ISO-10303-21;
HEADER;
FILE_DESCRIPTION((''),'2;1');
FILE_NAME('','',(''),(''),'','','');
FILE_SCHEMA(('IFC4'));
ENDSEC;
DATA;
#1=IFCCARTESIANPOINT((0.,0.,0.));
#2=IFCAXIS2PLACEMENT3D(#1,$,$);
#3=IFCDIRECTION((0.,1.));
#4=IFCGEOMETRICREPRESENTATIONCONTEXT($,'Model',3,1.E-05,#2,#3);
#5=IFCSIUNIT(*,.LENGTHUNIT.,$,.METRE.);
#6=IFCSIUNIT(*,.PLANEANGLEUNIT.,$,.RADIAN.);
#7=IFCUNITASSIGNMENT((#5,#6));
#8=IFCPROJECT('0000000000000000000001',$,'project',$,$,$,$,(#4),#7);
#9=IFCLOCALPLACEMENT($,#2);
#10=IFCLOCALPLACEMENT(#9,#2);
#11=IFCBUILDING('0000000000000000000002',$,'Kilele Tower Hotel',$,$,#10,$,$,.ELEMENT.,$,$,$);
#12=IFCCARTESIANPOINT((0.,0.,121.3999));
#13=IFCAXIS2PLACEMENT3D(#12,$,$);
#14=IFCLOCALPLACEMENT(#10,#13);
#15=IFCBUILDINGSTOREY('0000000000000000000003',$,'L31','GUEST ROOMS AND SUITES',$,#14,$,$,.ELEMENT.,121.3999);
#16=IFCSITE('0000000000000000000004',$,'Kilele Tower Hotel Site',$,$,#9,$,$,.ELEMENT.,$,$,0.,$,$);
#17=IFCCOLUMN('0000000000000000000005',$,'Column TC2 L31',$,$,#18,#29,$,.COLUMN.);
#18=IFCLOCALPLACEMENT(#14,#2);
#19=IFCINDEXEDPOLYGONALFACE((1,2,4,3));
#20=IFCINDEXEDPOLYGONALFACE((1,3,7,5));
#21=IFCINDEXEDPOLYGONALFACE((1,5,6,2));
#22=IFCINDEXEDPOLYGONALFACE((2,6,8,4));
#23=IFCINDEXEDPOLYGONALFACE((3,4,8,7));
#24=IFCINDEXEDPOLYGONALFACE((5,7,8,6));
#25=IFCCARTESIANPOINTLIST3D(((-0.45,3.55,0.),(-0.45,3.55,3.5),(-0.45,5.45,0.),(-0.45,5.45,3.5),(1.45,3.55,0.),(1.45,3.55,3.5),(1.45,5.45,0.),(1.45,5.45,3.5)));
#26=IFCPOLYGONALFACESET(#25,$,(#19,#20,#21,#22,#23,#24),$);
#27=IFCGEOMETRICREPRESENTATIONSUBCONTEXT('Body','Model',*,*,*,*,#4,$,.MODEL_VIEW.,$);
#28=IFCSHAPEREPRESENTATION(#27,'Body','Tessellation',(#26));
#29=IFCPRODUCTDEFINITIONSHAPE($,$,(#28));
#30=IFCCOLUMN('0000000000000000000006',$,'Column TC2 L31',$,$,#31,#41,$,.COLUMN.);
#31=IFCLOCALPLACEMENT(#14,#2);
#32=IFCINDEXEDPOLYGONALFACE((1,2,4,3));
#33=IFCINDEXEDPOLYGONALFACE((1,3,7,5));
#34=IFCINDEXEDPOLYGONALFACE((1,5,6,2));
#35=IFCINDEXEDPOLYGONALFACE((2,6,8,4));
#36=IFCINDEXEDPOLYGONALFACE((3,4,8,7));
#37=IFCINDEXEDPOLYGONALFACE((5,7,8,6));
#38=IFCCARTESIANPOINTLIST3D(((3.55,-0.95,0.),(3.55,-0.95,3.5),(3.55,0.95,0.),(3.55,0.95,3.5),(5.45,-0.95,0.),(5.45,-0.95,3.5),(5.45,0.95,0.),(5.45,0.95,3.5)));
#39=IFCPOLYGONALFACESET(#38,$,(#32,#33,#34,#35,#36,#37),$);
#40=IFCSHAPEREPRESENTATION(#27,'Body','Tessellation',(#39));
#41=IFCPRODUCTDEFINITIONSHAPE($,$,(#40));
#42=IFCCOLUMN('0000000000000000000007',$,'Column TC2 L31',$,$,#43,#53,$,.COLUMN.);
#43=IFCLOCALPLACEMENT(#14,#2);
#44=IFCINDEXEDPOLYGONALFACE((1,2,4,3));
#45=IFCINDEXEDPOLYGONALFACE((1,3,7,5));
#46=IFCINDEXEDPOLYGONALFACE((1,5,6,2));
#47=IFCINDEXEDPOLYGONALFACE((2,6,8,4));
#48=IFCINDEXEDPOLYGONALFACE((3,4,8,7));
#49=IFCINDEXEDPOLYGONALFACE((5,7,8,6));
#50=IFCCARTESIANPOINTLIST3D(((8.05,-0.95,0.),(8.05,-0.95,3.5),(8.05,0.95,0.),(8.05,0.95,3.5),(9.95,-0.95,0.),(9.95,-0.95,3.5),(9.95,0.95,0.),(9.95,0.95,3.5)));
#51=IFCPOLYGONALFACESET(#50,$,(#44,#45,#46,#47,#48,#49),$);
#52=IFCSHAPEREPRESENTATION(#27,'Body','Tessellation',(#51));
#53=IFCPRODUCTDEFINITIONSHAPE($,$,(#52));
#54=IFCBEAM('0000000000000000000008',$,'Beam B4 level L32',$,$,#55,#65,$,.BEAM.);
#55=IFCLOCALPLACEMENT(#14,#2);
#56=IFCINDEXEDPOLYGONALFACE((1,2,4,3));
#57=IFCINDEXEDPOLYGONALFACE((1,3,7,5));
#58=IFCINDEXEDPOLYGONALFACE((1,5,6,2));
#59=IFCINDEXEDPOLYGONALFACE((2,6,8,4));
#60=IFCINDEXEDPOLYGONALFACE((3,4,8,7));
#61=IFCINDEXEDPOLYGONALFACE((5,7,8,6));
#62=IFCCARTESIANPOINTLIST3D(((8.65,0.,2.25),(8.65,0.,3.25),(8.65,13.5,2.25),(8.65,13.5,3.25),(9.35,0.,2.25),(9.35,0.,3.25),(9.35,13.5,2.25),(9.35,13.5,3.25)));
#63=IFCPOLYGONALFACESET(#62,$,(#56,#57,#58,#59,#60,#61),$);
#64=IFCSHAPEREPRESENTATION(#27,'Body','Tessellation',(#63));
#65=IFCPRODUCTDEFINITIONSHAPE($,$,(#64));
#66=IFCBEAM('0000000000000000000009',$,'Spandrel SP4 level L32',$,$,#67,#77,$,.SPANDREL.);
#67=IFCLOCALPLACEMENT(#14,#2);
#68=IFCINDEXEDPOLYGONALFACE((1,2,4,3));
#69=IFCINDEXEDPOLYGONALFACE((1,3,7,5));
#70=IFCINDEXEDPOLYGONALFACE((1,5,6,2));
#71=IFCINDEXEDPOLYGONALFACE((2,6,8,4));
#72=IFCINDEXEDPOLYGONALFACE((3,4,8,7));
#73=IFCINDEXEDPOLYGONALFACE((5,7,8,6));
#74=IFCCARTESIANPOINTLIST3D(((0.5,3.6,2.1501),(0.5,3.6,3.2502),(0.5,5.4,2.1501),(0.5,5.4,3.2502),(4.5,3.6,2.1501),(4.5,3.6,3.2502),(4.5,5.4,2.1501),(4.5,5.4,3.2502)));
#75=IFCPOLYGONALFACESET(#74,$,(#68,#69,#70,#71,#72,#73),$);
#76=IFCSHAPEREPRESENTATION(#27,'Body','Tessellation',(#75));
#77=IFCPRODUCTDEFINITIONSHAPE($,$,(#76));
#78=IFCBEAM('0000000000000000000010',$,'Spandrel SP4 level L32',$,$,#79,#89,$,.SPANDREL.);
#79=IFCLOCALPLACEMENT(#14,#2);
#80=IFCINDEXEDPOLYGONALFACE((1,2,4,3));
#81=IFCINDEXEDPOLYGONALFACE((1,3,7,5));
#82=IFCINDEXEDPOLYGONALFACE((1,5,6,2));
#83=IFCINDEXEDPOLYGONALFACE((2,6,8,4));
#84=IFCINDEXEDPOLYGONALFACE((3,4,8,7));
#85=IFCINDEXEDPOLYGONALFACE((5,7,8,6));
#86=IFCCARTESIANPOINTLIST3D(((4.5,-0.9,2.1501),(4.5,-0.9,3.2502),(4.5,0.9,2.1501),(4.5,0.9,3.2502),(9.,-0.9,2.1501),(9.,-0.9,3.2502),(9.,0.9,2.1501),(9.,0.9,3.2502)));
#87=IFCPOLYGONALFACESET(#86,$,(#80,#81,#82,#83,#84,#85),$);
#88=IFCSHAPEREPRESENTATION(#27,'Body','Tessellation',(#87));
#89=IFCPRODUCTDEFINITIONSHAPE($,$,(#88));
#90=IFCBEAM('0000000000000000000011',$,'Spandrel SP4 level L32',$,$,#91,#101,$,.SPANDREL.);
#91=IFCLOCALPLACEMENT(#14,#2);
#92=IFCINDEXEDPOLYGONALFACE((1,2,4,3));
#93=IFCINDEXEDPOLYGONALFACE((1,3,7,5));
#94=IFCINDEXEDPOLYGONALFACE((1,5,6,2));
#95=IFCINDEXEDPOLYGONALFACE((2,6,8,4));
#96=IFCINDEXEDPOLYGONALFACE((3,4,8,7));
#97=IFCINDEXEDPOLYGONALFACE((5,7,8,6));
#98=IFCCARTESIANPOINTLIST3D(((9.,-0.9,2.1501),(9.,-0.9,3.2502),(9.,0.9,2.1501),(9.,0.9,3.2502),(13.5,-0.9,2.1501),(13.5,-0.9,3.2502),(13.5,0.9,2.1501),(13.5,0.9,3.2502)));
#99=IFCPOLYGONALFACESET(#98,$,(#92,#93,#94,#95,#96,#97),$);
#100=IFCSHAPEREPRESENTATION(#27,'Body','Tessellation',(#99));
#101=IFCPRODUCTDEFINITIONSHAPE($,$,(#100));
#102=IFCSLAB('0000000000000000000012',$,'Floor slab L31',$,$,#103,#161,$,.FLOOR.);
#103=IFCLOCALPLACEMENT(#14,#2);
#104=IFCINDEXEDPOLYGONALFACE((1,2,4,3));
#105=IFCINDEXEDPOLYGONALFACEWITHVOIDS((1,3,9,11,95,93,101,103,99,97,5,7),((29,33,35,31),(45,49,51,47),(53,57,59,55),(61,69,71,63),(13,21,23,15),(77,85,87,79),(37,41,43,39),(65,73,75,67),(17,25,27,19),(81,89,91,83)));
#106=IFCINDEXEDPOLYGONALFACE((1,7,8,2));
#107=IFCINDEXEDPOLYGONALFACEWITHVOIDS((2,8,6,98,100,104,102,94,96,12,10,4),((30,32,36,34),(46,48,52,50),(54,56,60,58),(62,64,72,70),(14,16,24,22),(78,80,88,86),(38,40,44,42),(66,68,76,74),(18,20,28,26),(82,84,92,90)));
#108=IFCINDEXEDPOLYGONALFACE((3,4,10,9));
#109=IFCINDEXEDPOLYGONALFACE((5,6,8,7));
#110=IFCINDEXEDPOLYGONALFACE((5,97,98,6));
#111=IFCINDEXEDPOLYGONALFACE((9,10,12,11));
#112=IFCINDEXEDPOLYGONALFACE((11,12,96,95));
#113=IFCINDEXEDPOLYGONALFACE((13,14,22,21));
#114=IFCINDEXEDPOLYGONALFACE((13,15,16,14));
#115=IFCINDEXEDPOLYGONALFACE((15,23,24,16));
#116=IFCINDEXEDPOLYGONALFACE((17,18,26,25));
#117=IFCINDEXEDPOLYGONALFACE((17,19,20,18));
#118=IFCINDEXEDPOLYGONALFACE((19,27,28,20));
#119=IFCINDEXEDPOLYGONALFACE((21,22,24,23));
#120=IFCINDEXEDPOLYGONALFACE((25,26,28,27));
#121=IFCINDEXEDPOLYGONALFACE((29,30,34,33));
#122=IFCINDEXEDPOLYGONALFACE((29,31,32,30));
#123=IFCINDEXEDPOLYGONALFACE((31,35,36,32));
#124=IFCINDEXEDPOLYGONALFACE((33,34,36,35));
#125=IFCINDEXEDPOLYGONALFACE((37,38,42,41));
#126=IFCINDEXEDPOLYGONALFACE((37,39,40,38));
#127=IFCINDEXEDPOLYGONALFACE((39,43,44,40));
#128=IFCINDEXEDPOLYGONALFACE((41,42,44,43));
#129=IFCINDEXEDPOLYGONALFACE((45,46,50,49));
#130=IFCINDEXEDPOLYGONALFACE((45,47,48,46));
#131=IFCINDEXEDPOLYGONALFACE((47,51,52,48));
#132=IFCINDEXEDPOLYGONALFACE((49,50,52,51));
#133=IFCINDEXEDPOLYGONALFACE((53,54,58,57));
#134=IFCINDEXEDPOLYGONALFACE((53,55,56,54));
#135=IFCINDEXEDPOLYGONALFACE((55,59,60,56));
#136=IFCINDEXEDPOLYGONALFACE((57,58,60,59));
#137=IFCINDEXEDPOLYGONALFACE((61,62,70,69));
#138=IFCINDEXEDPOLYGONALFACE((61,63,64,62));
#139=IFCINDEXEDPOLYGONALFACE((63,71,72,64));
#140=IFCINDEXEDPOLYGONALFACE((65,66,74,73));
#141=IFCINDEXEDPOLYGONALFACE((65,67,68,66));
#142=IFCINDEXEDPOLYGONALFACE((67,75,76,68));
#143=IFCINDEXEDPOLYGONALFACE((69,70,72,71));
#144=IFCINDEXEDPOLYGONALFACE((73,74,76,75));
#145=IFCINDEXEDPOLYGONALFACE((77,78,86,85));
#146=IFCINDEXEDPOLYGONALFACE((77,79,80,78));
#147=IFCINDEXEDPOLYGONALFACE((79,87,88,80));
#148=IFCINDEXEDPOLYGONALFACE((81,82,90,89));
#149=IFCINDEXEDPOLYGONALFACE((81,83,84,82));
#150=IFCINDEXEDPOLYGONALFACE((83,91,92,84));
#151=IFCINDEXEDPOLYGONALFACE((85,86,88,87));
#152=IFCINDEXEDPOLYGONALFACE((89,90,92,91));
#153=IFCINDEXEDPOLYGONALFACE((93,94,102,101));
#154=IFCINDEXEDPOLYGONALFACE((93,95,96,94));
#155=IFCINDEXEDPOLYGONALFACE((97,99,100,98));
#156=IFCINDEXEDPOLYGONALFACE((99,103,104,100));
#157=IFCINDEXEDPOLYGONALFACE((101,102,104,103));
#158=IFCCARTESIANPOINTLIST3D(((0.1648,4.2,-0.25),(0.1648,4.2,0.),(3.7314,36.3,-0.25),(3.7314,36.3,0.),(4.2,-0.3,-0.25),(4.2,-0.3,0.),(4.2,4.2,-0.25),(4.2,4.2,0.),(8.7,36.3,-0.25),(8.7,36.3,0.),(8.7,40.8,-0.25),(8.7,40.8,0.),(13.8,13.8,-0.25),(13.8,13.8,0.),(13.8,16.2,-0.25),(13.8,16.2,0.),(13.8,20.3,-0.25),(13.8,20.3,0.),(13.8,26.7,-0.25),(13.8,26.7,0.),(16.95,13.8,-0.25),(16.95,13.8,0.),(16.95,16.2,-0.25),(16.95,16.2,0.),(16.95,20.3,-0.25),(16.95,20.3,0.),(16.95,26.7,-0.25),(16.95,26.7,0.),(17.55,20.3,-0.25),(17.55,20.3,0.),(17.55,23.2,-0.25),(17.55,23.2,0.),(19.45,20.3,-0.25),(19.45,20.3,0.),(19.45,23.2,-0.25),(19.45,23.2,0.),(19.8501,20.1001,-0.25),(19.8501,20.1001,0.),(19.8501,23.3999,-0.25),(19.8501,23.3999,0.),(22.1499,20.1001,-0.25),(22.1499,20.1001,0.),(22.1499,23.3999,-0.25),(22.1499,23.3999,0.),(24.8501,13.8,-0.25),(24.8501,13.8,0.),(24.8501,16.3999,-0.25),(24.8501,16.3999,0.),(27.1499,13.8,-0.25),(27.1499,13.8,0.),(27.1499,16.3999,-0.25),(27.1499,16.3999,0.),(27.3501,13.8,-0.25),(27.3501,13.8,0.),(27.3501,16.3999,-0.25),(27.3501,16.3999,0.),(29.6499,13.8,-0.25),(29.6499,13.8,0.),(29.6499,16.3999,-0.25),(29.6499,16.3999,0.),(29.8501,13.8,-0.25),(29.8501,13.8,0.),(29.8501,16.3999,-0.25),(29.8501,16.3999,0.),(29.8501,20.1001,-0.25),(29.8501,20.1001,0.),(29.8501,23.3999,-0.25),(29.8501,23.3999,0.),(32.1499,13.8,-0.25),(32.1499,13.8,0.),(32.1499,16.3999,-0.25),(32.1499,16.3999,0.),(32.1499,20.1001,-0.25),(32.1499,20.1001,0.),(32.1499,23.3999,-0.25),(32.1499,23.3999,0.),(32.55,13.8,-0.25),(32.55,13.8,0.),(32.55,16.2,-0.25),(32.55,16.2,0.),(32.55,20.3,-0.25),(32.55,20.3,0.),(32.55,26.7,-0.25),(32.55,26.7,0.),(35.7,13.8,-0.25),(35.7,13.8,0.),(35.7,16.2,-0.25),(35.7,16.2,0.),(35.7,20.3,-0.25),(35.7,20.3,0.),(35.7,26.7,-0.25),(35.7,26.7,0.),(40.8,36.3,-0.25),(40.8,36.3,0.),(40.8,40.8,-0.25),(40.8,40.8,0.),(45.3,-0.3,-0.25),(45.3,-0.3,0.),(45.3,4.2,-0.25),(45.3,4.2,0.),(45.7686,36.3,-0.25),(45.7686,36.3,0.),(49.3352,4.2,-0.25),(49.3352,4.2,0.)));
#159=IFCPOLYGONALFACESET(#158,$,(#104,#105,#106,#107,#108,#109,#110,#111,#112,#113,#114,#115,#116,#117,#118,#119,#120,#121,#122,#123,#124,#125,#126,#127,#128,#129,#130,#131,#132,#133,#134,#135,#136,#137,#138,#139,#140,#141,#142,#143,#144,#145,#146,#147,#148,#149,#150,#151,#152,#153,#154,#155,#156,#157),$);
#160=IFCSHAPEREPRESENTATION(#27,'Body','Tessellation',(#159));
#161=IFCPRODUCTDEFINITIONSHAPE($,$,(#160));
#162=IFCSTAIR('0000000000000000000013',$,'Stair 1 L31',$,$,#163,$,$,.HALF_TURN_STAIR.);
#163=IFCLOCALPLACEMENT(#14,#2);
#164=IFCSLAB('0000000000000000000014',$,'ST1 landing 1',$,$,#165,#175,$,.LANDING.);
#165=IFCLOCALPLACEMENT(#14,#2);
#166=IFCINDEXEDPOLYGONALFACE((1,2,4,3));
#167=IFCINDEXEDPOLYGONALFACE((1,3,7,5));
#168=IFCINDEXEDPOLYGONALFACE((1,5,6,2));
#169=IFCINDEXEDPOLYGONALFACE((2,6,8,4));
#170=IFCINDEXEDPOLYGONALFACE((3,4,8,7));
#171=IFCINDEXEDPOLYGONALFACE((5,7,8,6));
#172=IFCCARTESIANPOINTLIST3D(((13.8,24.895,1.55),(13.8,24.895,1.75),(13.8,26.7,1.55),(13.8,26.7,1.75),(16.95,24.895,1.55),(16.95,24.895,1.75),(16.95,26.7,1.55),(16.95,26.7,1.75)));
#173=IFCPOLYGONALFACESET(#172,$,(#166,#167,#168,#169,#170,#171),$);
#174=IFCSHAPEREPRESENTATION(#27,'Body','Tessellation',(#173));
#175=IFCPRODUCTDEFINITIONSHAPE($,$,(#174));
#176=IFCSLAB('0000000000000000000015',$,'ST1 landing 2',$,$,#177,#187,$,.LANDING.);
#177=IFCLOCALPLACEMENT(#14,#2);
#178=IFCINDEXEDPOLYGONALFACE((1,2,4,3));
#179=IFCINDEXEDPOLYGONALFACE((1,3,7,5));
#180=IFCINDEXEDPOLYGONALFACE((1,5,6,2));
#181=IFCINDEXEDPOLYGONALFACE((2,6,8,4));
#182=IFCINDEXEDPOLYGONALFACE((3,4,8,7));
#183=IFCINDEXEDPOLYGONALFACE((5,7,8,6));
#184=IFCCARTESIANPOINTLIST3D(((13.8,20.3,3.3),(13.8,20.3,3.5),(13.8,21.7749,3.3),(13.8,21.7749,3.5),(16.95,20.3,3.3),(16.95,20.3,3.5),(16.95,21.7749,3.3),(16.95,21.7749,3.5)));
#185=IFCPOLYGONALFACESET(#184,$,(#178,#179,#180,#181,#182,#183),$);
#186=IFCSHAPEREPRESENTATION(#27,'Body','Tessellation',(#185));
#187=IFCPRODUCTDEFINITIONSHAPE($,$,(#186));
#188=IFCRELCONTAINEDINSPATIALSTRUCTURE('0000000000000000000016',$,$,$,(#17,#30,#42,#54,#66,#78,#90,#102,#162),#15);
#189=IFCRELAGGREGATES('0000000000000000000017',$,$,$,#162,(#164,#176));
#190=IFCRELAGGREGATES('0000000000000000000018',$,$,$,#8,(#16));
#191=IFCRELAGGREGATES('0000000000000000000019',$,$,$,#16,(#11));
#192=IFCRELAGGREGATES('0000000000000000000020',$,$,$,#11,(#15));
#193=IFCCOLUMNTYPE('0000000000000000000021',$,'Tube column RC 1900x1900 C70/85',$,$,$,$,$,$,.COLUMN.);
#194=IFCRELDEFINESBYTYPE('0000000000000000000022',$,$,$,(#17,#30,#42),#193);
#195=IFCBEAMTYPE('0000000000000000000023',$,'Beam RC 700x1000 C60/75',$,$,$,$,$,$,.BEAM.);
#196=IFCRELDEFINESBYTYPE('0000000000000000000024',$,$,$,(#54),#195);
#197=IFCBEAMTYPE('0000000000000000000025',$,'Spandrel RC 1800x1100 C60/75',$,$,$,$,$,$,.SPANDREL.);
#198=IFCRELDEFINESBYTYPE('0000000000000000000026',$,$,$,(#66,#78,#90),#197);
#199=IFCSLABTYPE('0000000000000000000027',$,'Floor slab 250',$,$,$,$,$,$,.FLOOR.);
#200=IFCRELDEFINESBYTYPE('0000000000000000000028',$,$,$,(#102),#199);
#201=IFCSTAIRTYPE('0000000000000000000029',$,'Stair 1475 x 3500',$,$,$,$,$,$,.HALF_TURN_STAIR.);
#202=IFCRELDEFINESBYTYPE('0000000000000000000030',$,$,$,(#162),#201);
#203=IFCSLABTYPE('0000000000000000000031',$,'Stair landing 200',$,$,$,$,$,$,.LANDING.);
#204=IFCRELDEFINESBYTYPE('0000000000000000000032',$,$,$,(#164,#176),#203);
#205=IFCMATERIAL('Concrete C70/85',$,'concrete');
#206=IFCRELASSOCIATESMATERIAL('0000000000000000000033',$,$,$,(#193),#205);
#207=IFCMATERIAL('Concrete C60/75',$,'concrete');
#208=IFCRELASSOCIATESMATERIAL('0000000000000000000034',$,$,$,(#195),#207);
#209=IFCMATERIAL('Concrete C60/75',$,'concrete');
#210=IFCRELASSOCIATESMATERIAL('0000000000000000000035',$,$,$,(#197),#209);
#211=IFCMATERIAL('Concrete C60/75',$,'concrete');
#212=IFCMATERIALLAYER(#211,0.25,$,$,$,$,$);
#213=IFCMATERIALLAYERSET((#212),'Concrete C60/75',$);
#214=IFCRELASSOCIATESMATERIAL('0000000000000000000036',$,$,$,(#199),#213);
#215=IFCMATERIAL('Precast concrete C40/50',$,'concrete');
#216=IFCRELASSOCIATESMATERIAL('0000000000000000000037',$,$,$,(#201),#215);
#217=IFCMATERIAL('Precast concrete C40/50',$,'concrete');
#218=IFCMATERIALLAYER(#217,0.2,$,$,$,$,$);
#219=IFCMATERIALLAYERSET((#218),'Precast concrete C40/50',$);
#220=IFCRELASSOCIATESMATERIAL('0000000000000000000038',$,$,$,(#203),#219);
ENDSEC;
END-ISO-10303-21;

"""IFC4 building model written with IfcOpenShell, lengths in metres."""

from ifc_helpers import new_model, si_unit, direction, frame, origin, origin_2d, place, context, subcontext, project, spatial, polyline, rectangle, outline, extrude, material, layer, layer_set, material_profile, profile_set, type_object, element, aggregate, save


model = new_model("IFC4")

# Units and contexts
model_context = context("Model", 3, precision=1e-05, world=origin(), true_north=direction((0.0, 1.0)))
body_context = subcontext(model_context, "Body", "Model", "MODEL_VIEW")
ifc_project = project(units=[si_unit("LENGTHUNIT", "METRE"), si_unit("PLANEANGLEUNIT", "RADIAN")], contexts=[model_context])

# Site, building, storey
site_placement = place(None, origin())
site = spatial("IfcSite", under=ifc_project, at=site_placement, Name="Kilele Tower Hotel Site", CompositionType="ELEMENT", RefElevation=0.0)
building_placement = place(site_placement, origin())
building = spatial("IfcBuilding", under=site, at=building_placement, Name="Kilele Tower Hotel", CompositionType="ELEMENT")
storey_placement = place(building_placement, frame((0.0, 0.0, 121.3999)))
storey = spatial("IfcBuildingStorey", under=building, at=storey_placement, Name="L31", Description="GUEST ROOMS AND SUITES", CompositionType="ELEMENT", Elevation=121.3999)

# Columns
ifc_material_1 = material(Name="Concrete C70/85", Category="concrete")
ifc_material_profile_1 = material_profile(ifc_material_1, rectangle(XDim=1.8999, YDim=1.8999, at=origin_2d()))
ifc_profile_set_1 = profile_set([ifc_material_profile_1], Name="Concrete C70/85")
column_type = type_object("IfcColumnType", Name="Tube column RC 1900x1900 C70/85", PredefinedType="COLUMN", material=ifc_profile_set_1)
for number, where, z_axis, x_axis, name in (
    (1, (0.5, 4.5, 0.0), (0.0, 0.0, 1.0), (1.0, 0.0, 0.0), "Column TC2 L31"),
    (2, (4.5, 0.0, 0.0), (0.0, 0.0, 1.0), (1.0, 0.0, 0.0), "Column TC2 L31"),
    (3, (9.0, 0.0, 0.0), (0.0, 0.0, 1.0), (1.0, 0.0, 0.0), "Column TC2 L31"),
):
    element("IfcColumn", number, at=place(storey_placement, frame(where, z_axis=z_axis, x_axis=x_axis)), inside=storey, type_object=column_type, Name=name, PredefinedType="COLUMN", context=body_context, shape_type="SweptSolid", body=[
        extrude(rectangle(XDim=1.8999, YDim=1.8999, at=origin_2d()), origin(), (0.0, 0.0, 1.0), 3.5),
    ])

# Beams
ifc_material_2 = material(Name="Concrete C60/75", Category="concrete")
ifc_material_profile_2 = material_profile(ifc_material_2, rectangle(XDim=0.7, YDim=1.0, at=origin_2d()))
ifc_profile_set_2 = profile_set([ifc_material_profile_2], Name="Concrete C60/75")
beam_type_1 = type_object("IfcBeamType", Name="Beam RC 700x1000 C60/75", PredefinedType="BEAM", material=ifc_profile_set_2)
beam_1_placement = place(storey_placement, frame((9.0, 0.0, 2.75), z_axis=(0.0, 1.0, 0.0), x_axis=(-1.0, 0.0, 0.0)))
element("IfcBeam", 4, at=beam_1_placement, inside=storey, type_object=beam_type_1, Name="Beam B4 level L32", PredefinedType="BEAM", context=body_context, shape_type="SweptSolid", body=[
    extrude(rectangle(XDim=0.7, YDim=1.0, at=origin_2d()), origin(), (0.0, 0.0, 1.0), 13.5),
])
ifc_material_3 = material(Name="Concrete C60/75", Category="concrete")
ifc_material_profile_3 = material_profile(ifc_material_3, rectangle(XDim=1.8, YDim=1.1001, at=origin_2d()))
ifc_profile_set_3 = profile_set([ifc_material_profile_3], Name="Concrete C60/75")
beam_type_2 = type_object("IfcBeamType", Name="Spandrel RC 1800x1100 C60/75", PredefinedType="SPANDREL", material=ifc_profile_set_3)
beam_2_placement = place(storey_placement, frame((0.5, 4.5, 2.7002), z_axis=(1.0, 0.0, 0.0), x_axis=(0.0, 1.0, 0.0)))
element("IfcBeam", 5, at=beam_2_placement, inside=storey, type_object=beam_type_2, Name="Spandrel SP4 level L32", PredefinedType="SPANDREL", context=body_context, shape_type="SweptSolid", body=[
    extrude(rectangle(XDim=1.8, YDim=1.1001, at=origin_2d()), origin(), (0.0, 0.0, 1.0), 4.0),
])
for number, where, z_axis, x_axis, name in (
    (6, (4.5, 0.0, 2.7002), (1.0, 0.0, 0.0), (0.0, 1.0, 0.0), "Spandrel SP4 level L32"),
    (7, (9.0, 0.0, 2.7002), (1.0, 0.0, 0.0), (0.0, 1.0, 0.0), "Spandrel SP4 level L32"),
):
    element("IfcBeam", number, at=place(storey_placement, frame(where, z_axis=z_axis, x_axis=x_axis)), inside=storey, type_object=beam_type_2, Name=name, PredefinedType="SPANDREL", context=body_context, shape_type="SweptSolid", body=[
        extrude(rectangle(XDim=1.8, YDim=1.1001, at=origin_2d()), origin(), (0.0, 0.0, 1.0), 4.5),
    ])

# Slab
ifc_material_4 = material(Name="Concrete C60/75", Category="concrete")
ifc_layer_1 = layer(ifc_material_4, 0.25)
ifc_layer_set_1 = layer_set([ifc_layer_1], Name="Concrete C60/75")
slab_type_1 = type_object("IfcSlabType", Name="Floor slab 250", PredefinedType="FLOOR", material=ifc_layer_set_1)
slab_1_placement = place(storey_placement, frame((0.0, 0.0, -0.25)))
element("IfcSlab", 8, at=slab_1_placement, inside=storey, type_object=slab_type_1, Name="Floor slab L31", PredefinedType="FLOOR", context=body_context, shape_type="SweptSolid", body=[
    extrude(outline(polyline([(8.7, 36.3), (8.7, 40.8), (40.8, 40.8), (40.8, 36.3), (45.7686, 36.3), (49.3352, 4.2), (45.3, 4.2), (45.3, -0.3), (4.2, -0.3), (4.2, 4.2), (0.1648, 4.2), (3.7314, 36.3), (8.7, 36.3)]), holes=[polyline([(16.95, 16.2), (13.8, 16.2), (13.8, 13.8), (16.95, 13.8), (16.95, 16.2)]), polyline([(35.7, 16.2), (32.55, 16.2), (32.55, 13.8), (35.7, 13.8), (35.7, 16.2)]), polyline([(27.1499, 16.3999), (24.8501, 16.3999), (24.8501, 13.8), (27.1499, 13.8), (27.1499, 16.3999)]), polyline([(29.6499, 13.8), (29.6499, 16.3999), (27.3501, 16.3999), (27.3501, 13.8), (29.6499, 13.8)]), polyline([(32.1499, 13.8), (32.1499, 16.3999), (29.8501, 16.3999), (29.8501, 13.8), (32.1499, 13.8)]), polyline([(19.45, 23.2), (17.55, 23.2), (17.55, 20.3), (19.45, 20.3), (19.45, 23.2)]), polyline([(22.1499, 23.3999), (19.8501, 23.3999), (19.8501, 20.1001), (22.1499, 20.1001), (22.1499, 23.3999)]), polyline([(32.1499, 23.3999), (29.8501, 23.3999), (29.8501, 20.1001), (32.1499, 20.1001), (32.1499, 23.3999)]), polyline([(16.95, 20.3), (16.95, 26.7), (13.8, 26.7), (13.8, 20.3), (16.95, 20.3)]), polyline([(35.7, 20.3), (35.7, 26.7), (32.55, 26.7), (32.55, 20.3), (35.7, 20.3)])]), origin(), (0.0, 0.0, 1.0), 0.25),
])

# Stair, slabs
ifc_material_5 = material(Name="Precast concrete C40/50", Category="concrete")
stair_type = type_object("IfcStairType", Name="Stair 1475 x 3500", PredefinedType="HALF_TURN_STAIR", material=ifc_material_5)
stair_1_placement = place(storey_placement, origin())
stair_1 = element("IfcStair", 9, at=stair_1_placement, inside=storey, type_object=stair_type, Name="Stair 1 L31", PredefinedType="HALF_TURN_STAIR")
ifc_material_6 = material(Name="Precast concrete C40/50", Category="concrete")
ifc_layer_2 = layer(ifc_material_6, 0.2)
ifc_layer_set_2 = layer_set([ifc_layer_2], Name="Precast concrete C40/50")
slab_type_2 = type_object("IfcSlabType", Name="Stair landing 200", PredefinedType="LANDING", material=ifc_layer_set_2)
slab_2_placement = place(storey_placement, frame((0.0, 0.0, 1.55)))
slab_2 = element("IfcSlab", 10, at=slab_2_placement, type_object=slab_type_2, Name="ST1 landing 1", PredefinedType="LANDING", context=body_context, shape_type="SweptSolid", body=[
    extrude(outline(polyline([(13.8, 24.895), (16.95, 24.895), (16.95, 26.7), (13.8, 26.7), (13.8, 24.895)])), origin(), (0.0, 0.0, 1.0), 0.2),
])
slab_3_placement = place(storey_placement, frame((0.0, 0.0, 3.3)))
slab_3 = element("IfcSlab", 11, at=slab_3_placement, type_object=slab_type_2, Name="ST1 landing 2", PredefinedType="LANDING", context=body_context, shape_type="SweptSolid", body=[
    extrude(outline(polyline([(13.8, 20.3), (16.95, 20.3), (16.95, 21.7749), (13.8, 21.7749), (13.8, 20.3)])), origin(), (0.0, 0.0, 1.0), 0.2),
])
aggregate(stair_1, [slab_2, slab_3])

save(model, "model.ifc")
